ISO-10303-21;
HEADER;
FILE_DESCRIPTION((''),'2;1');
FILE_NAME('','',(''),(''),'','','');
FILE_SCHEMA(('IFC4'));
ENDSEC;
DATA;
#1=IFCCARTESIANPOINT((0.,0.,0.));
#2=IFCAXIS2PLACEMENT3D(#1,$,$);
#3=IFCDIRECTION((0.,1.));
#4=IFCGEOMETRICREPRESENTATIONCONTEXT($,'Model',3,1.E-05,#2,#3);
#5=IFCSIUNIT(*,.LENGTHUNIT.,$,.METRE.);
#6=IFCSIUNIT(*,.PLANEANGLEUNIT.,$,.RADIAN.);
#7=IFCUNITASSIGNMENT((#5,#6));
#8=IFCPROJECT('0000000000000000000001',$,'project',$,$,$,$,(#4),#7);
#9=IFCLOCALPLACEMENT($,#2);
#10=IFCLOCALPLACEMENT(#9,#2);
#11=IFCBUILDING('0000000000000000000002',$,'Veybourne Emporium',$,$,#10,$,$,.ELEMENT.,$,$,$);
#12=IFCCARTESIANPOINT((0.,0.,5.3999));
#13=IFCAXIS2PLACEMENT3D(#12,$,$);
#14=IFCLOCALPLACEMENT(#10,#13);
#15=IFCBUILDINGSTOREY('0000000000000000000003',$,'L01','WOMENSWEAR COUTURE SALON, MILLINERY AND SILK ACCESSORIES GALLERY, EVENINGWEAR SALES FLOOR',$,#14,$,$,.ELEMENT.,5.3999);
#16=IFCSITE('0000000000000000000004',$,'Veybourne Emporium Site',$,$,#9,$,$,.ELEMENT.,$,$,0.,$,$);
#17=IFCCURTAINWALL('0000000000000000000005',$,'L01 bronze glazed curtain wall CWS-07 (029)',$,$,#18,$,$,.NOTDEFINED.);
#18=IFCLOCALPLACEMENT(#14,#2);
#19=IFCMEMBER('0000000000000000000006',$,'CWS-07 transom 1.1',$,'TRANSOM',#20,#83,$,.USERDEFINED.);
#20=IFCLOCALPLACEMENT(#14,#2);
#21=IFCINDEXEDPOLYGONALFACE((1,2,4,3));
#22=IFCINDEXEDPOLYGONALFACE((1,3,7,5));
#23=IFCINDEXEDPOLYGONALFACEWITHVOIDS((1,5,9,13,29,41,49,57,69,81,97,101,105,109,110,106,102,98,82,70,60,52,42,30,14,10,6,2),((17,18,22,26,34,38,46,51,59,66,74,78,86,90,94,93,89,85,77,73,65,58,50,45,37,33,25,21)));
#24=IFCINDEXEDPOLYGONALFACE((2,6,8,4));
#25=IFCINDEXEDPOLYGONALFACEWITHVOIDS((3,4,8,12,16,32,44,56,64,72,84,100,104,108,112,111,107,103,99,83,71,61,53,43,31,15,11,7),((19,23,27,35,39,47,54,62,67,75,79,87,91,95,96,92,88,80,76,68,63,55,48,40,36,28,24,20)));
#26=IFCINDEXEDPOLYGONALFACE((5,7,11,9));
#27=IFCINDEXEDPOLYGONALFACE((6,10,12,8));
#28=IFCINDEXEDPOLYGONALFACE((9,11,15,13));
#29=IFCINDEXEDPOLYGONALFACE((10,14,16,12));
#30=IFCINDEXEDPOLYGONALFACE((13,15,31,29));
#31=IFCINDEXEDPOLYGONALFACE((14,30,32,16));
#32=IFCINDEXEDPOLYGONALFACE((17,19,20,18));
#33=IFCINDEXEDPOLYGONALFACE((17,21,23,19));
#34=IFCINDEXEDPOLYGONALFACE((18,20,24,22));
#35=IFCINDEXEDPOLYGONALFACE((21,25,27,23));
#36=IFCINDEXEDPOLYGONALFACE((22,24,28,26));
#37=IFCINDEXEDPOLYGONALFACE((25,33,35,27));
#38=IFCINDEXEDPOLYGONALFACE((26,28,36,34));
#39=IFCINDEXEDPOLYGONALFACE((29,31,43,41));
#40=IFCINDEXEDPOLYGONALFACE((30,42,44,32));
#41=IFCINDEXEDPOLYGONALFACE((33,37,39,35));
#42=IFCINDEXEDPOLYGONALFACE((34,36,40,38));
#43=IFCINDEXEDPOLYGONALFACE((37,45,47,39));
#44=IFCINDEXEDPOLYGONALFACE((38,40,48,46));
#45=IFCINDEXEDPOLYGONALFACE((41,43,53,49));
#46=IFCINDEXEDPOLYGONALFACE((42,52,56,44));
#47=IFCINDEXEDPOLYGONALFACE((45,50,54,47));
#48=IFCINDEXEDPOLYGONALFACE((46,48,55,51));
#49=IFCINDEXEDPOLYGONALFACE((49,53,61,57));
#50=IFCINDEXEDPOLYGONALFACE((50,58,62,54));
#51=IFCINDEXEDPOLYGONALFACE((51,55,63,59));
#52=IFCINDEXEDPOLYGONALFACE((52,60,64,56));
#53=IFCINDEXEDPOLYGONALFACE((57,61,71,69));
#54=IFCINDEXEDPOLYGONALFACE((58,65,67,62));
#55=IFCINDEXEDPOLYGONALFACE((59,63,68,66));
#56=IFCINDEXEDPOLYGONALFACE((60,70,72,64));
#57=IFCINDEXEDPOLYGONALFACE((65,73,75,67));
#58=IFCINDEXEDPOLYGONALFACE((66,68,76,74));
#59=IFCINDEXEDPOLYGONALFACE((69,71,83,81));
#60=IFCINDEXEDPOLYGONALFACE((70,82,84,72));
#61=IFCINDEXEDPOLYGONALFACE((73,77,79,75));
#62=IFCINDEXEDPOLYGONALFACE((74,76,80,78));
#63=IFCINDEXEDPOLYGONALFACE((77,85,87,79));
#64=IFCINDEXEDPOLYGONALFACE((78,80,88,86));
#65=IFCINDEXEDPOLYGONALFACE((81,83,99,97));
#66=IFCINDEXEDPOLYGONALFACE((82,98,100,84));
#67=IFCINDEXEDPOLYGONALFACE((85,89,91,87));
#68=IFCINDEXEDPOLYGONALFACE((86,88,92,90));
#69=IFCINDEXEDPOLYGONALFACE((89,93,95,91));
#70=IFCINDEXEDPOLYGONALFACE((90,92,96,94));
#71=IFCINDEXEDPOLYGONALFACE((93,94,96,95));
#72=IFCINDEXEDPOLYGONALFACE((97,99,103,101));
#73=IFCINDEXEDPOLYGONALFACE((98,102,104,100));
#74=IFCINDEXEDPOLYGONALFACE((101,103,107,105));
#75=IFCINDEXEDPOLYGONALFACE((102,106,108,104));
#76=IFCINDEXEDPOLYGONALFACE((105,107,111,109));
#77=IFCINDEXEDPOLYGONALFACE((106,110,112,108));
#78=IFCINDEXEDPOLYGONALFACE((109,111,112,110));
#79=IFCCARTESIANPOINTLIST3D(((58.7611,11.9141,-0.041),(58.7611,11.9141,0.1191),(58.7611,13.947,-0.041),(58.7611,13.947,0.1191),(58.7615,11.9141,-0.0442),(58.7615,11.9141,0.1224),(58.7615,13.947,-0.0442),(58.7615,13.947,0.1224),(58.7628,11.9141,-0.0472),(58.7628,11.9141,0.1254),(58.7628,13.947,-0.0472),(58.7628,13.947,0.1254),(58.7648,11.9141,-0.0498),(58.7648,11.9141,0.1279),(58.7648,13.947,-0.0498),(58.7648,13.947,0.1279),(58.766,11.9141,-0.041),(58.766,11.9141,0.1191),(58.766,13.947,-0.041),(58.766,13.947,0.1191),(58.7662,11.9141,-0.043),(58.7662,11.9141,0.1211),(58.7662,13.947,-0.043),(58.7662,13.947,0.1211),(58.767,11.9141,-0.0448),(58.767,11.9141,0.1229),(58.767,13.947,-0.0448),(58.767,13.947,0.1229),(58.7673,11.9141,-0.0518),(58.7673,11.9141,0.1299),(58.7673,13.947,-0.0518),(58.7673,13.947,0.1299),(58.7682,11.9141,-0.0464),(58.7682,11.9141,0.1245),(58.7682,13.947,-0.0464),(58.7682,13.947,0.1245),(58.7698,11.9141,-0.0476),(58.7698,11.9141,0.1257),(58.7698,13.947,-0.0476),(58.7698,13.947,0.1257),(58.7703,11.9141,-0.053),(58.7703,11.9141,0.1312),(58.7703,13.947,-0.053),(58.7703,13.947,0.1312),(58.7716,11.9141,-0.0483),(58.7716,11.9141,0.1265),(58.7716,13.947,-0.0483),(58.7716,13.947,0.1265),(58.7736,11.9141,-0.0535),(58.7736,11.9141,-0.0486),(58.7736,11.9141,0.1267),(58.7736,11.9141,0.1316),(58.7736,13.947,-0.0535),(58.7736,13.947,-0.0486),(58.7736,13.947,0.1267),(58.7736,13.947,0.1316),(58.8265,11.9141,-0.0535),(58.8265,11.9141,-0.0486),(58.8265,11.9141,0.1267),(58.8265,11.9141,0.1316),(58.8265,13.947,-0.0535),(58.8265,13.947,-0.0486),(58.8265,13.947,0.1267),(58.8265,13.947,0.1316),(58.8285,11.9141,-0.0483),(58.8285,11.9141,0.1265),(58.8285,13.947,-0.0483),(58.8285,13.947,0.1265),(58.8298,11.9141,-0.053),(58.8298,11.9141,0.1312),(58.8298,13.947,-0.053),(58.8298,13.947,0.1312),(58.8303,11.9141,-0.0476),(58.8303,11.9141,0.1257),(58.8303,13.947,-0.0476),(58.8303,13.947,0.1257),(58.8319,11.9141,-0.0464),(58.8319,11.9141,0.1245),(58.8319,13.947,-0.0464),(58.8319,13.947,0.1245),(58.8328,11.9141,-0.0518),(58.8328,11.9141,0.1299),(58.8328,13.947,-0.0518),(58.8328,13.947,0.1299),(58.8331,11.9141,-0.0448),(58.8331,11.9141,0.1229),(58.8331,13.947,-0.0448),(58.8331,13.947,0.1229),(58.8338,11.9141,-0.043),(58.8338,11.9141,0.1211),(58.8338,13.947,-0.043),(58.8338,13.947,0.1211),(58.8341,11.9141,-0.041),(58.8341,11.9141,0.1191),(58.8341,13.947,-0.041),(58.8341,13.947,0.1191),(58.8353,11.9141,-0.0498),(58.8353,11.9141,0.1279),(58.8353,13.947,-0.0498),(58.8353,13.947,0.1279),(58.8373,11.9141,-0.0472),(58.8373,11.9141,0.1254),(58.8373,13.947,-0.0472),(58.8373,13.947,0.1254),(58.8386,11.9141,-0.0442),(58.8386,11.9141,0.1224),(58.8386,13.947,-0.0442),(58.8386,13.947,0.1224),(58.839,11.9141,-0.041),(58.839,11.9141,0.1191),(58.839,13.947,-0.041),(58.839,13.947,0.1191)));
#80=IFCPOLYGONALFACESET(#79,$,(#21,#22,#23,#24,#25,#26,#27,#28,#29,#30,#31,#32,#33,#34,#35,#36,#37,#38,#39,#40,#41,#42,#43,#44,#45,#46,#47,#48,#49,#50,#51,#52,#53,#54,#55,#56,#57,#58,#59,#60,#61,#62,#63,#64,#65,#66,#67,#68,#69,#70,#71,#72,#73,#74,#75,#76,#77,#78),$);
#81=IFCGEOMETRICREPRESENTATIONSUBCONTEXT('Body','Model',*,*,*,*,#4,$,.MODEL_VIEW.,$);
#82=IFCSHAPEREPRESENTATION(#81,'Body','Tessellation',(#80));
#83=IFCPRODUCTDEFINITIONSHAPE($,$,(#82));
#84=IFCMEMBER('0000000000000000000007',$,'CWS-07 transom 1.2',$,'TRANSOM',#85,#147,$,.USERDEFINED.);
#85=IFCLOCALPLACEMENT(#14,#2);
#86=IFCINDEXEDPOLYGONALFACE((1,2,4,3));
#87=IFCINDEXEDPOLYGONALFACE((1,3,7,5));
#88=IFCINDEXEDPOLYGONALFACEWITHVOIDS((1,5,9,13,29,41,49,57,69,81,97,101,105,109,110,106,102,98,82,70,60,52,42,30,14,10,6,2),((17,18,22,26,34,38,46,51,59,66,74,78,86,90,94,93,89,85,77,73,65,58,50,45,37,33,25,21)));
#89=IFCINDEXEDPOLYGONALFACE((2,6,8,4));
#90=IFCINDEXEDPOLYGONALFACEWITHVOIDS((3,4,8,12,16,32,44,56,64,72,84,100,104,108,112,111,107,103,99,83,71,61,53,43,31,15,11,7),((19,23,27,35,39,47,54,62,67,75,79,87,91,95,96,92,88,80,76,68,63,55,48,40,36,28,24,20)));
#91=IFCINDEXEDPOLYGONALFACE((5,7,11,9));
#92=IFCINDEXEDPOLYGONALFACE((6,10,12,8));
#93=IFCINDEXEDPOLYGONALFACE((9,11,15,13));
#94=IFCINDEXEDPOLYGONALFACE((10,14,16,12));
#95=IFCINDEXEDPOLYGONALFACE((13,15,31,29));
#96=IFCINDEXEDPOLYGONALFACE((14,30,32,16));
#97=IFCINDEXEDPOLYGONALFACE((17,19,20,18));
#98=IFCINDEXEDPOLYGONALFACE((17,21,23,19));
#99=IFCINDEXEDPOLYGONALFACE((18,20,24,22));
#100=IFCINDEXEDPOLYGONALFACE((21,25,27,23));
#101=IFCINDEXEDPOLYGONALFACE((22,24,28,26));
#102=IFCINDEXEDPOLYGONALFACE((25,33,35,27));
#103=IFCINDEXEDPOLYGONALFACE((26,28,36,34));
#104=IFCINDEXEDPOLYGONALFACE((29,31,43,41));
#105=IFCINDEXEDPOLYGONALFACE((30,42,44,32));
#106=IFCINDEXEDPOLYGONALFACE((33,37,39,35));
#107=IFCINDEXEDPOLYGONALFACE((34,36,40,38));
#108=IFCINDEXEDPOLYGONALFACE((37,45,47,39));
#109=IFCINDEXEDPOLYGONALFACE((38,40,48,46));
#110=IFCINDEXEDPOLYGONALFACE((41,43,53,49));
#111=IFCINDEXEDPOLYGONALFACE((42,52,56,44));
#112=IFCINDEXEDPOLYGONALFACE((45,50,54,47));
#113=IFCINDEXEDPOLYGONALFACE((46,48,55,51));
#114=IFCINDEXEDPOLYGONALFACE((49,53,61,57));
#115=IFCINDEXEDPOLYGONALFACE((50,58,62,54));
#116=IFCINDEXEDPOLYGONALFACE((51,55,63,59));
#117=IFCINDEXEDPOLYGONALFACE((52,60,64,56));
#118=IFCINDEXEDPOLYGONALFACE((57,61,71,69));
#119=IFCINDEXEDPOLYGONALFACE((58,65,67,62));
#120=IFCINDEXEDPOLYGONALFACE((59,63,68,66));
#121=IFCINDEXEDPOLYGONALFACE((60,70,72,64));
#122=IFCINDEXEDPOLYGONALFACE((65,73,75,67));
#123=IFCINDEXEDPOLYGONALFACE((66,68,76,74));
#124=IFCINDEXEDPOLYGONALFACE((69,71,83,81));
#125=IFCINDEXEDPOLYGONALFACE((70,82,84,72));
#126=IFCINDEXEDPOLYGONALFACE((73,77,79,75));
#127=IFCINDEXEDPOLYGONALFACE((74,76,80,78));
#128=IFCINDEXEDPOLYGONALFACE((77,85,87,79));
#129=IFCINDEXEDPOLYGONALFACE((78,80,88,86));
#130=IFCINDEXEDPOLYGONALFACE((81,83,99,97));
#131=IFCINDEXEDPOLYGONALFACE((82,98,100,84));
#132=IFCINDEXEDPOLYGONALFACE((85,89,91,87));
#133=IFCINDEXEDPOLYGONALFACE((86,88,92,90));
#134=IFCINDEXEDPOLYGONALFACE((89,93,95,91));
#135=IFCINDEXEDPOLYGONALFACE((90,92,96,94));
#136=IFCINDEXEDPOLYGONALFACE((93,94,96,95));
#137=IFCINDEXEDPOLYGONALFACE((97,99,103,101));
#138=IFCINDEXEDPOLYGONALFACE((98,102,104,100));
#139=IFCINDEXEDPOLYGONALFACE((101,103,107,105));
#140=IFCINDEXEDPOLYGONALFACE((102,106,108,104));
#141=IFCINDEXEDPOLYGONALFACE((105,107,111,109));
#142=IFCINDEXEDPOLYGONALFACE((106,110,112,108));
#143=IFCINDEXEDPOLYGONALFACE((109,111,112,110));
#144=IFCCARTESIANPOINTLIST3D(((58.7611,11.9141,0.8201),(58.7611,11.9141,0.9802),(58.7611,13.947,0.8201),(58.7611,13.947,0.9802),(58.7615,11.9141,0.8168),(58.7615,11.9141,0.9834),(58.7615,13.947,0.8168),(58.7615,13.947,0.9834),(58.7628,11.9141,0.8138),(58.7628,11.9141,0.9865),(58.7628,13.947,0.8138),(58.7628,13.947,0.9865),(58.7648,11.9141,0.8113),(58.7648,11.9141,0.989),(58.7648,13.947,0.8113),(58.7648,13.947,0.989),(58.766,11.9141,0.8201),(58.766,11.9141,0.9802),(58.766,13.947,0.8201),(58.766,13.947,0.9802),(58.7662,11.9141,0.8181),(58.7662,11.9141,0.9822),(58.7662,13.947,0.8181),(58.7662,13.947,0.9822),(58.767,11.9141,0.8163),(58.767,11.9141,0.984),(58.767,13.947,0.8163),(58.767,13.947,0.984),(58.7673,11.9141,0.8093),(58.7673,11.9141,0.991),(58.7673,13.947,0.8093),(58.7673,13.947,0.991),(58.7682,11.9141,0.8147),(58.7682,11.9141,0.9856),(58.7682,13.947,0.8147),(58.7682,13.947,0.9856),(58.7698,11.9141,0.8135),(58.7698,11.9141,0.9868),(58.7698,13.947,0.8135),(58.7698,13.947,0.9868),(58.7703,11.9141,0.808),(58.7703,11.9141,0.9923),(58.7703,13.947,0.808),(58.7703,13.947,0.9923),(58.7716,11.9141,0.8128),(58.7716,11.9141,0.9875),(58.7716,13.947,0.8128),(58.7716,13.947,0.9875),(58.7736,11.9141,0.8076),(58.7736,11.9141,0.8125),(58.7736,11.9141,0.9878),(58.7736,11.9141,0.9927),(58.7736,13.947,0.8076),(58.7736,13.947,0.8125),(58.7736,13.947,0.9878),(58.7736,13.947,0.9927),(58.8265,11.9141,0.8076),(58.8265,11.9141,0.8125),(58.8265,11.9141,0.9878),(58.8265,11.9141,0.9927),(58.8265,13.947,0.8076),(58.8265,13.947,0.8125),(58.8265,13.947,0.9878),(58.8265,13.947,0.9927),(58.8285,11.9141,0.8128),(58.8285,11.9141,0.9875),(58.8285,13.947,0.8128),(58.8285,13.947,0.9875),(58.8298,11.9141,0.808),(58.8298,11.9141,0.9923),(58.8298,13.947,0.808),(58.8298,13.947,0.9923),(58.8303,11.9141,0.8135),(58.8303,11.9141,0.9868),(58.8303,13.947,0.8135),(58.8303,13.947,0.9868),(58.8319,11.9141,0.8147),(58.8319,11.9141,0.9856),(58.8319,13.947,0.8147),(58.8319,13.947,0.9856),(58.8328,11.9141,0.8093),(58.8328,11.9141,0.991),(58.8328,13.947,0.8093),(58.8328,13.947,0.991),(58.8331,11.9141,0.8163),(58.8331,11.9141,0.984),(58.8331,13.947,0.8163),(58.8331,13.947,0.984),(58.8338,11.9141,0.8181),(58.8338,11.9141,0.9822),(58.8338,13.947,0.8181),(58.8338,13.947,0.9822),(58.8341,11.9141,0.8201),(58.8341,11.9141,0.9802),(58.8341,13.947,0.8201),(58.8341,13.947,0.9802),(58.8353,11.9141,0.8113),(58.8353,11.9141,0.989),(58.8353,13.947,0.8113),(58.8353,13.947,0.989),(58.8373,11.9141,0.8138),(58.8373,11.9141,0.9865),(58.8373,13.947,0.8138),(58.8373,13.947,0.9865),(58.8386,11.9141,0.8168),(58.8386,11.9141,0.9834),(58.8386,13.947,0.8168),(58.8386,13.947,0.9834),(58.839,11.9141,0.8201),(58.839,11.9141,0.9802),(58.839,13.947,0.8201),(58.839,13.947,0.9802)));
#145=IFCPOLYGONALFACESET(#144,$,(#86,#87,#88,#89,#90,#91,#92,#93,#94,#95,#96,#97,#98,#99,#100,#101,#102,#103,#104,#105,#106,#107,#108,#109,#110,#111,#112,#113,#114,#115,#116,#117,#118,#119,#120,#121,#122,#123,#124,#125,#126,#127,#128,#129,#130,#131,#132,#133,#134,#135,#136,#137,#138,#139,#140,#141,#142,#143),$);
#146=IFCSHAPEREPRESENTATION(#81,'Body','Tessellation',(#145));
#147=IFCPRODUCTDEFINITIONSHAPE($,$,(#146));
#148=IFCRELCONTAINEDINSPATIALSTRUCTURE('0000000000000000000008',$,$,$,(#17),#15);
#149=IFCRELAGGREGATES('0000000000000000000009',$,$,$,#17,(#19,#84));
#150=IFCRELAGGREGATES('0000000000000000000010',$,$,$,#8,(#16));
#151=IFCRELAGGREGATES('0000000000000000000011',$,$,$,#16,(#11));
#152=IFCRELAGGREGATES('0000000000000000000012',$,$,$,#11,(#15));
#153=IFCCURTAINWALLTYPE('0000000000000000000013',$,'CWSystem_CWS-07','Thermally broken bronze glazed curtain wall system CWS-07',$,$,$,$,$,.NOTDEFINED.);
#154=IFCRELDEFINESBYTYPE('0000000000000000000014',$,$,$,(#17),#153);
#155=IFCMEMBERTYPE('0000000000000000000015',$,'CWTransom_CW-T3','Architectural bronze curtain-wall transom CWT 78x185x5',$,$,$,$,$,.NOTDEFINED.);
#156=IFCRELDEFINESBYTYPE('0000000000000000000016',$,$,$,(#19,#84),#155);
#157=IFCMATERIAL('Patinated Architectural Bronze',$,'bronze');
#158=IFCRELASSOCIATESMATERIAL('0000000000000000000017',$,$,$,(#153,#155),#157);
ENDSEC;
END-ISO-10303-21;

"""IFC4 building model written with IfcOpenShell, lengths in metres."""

from ifc_helpers import new_model, si_unit, direction, frame, origin, origin_2d, place, context, subcontext, project, spatial, hollow_rectangle, extrude, material, material_profile, profile_set, type_object, element, aggregate, save


model = new_model("IFC4")

# Units and contexts
model_context = context("Model", 3, precision=1e-05, world=origin(), true_north=direction((0.0, 1.0)))
body_context = subcontext(model_context, "Body", "Model", "MODEL_VIEW")
ifc_project = project(units=[si_unit("LENGTHUNIT", "METRE"), si_unit("PLANEANGLEUNIT", "RADIAN")], contexts=[model_context])

# Site, building, storey
site_placement = place(None, origin())
site = spatial("IfcSite", under=ifc_project, at=site_placement, Name="Veybourne Emporium Site", CompositionType="ELEMENT", RefElevation=0.0)
building_placement = place(site_placement, origin())
building = spatial("IfcBuilding", under=site, at=building_placement, Name="Veybourne Emporium", CompositionType="ELEMENT")
storey_placement = place(building_placement, frame((0.0, 0.0, 5.3999)))
storey = spatial("IfcBuildingStorey", under=building, at=storey_placement, Name="L01", Description="WOMENSWEAR COUTURE SALON, MILLINERY AND SILK ACCESSORIES GALLERY, EVENINGWEAR SALES FLOOR", CompositionType="ELEMENT", Elevation=5.3999)

# Shared definitions
ifc_material_1 = material(Name="Patinated Architectural Bronze", Category="bronze")

# Curtain wall
curtain_wall_type_1 = type_object("IfcCurtainWallType", Name="CWSystem_CWS-07", Description="Thermally broken bronze glazed curtain wall system CWS-07", PredefinedType="NOTDEFINED", material=ifc_material_1)
curtain_wall_1_placement = place(storey_placement, origin())
curtain_wall_1 = element("IfcCurtainWall", 1, at=curtain_wall_1_placement, inside=storey, type_object=curtain_wall_type_1, Name="L01 bronze glazed curtain wall CWS-07 (029)", PredefinedType="NOTDEFINED")

# Members
ifc_material_profile_1 = material_profile(ifc_material_1, hollow_rectangle(XDim=0.0779, YDim=0.1851, WallThickness=0.0049, InnerFilletRadius=0.0076, OuterFilletRadius=0.0125, at=origin_2d()), Name="CWT 78x185x5")
ifc_profile_set_1 = profile_set([ifc_material_profile_1], Name="Patinated Architectural Bronze")
member_type_1 = type_object("IfcMemberType", Name="CWTransom_CW-T3", Description="Architectural bronze curtain-wall transom CWT 78x185x5", PredefinedType="NOTDEFINED", material=ifc_profile_set_1)
member_1_placement = place(storey_placement, frame((58.8, 13.947, 0.0391), z_axis=(0.0, -1.0, 0.0), x_axis=(1.0, 0.0, 0.0)))
member_1 = element("IfcMember", 2, at=member_1_placement, type_object=member_type_1, Name="CWS-07 transom 1.1", ObjectType="TRANSOM", PredefinedType="USERDEFINED", context=body_context, shape_type="SweptSolid", body=[
    extrude(hollow_rectangle(XDim=0.0779, YDim=0.1851, WallThickness=0.0049, InnerFilletRadius=0.0076, OuterFilletRadius=0.0125, at=origin_2d()), origin(), (0.0, 0.0, 1.0), 2.033),
])
member_2_placement = place(storey_placement, frame((58.8, 13.947, 0.9001), z_axis=(0.0, -1.0, 0.0), x_axis=(1.0, 0.0, 0.0)))
member_2 = element("IfcMember", 3, at=member_2_placement, type_object=member_type_1, Name="CWS-07 transom 1.2", ObjectType="TRANSOM", PredefinedType="USERDEFINED", context=body_context, shape_type="SweptSolid", body=[
    extrude(hollow_rectangle(XDim=0.0779, YDim=0.1851, WallThickness=0.0049, InnerFilletRadius=0.0076, OuterFilletRadius=0.0125, at=origin_2d()), origin(), (0.0, 0.0, 1.0), 2.033),
])

aggregate(curtain_wall_1, [member_1, member_2])

save(model, "model.ifc")
